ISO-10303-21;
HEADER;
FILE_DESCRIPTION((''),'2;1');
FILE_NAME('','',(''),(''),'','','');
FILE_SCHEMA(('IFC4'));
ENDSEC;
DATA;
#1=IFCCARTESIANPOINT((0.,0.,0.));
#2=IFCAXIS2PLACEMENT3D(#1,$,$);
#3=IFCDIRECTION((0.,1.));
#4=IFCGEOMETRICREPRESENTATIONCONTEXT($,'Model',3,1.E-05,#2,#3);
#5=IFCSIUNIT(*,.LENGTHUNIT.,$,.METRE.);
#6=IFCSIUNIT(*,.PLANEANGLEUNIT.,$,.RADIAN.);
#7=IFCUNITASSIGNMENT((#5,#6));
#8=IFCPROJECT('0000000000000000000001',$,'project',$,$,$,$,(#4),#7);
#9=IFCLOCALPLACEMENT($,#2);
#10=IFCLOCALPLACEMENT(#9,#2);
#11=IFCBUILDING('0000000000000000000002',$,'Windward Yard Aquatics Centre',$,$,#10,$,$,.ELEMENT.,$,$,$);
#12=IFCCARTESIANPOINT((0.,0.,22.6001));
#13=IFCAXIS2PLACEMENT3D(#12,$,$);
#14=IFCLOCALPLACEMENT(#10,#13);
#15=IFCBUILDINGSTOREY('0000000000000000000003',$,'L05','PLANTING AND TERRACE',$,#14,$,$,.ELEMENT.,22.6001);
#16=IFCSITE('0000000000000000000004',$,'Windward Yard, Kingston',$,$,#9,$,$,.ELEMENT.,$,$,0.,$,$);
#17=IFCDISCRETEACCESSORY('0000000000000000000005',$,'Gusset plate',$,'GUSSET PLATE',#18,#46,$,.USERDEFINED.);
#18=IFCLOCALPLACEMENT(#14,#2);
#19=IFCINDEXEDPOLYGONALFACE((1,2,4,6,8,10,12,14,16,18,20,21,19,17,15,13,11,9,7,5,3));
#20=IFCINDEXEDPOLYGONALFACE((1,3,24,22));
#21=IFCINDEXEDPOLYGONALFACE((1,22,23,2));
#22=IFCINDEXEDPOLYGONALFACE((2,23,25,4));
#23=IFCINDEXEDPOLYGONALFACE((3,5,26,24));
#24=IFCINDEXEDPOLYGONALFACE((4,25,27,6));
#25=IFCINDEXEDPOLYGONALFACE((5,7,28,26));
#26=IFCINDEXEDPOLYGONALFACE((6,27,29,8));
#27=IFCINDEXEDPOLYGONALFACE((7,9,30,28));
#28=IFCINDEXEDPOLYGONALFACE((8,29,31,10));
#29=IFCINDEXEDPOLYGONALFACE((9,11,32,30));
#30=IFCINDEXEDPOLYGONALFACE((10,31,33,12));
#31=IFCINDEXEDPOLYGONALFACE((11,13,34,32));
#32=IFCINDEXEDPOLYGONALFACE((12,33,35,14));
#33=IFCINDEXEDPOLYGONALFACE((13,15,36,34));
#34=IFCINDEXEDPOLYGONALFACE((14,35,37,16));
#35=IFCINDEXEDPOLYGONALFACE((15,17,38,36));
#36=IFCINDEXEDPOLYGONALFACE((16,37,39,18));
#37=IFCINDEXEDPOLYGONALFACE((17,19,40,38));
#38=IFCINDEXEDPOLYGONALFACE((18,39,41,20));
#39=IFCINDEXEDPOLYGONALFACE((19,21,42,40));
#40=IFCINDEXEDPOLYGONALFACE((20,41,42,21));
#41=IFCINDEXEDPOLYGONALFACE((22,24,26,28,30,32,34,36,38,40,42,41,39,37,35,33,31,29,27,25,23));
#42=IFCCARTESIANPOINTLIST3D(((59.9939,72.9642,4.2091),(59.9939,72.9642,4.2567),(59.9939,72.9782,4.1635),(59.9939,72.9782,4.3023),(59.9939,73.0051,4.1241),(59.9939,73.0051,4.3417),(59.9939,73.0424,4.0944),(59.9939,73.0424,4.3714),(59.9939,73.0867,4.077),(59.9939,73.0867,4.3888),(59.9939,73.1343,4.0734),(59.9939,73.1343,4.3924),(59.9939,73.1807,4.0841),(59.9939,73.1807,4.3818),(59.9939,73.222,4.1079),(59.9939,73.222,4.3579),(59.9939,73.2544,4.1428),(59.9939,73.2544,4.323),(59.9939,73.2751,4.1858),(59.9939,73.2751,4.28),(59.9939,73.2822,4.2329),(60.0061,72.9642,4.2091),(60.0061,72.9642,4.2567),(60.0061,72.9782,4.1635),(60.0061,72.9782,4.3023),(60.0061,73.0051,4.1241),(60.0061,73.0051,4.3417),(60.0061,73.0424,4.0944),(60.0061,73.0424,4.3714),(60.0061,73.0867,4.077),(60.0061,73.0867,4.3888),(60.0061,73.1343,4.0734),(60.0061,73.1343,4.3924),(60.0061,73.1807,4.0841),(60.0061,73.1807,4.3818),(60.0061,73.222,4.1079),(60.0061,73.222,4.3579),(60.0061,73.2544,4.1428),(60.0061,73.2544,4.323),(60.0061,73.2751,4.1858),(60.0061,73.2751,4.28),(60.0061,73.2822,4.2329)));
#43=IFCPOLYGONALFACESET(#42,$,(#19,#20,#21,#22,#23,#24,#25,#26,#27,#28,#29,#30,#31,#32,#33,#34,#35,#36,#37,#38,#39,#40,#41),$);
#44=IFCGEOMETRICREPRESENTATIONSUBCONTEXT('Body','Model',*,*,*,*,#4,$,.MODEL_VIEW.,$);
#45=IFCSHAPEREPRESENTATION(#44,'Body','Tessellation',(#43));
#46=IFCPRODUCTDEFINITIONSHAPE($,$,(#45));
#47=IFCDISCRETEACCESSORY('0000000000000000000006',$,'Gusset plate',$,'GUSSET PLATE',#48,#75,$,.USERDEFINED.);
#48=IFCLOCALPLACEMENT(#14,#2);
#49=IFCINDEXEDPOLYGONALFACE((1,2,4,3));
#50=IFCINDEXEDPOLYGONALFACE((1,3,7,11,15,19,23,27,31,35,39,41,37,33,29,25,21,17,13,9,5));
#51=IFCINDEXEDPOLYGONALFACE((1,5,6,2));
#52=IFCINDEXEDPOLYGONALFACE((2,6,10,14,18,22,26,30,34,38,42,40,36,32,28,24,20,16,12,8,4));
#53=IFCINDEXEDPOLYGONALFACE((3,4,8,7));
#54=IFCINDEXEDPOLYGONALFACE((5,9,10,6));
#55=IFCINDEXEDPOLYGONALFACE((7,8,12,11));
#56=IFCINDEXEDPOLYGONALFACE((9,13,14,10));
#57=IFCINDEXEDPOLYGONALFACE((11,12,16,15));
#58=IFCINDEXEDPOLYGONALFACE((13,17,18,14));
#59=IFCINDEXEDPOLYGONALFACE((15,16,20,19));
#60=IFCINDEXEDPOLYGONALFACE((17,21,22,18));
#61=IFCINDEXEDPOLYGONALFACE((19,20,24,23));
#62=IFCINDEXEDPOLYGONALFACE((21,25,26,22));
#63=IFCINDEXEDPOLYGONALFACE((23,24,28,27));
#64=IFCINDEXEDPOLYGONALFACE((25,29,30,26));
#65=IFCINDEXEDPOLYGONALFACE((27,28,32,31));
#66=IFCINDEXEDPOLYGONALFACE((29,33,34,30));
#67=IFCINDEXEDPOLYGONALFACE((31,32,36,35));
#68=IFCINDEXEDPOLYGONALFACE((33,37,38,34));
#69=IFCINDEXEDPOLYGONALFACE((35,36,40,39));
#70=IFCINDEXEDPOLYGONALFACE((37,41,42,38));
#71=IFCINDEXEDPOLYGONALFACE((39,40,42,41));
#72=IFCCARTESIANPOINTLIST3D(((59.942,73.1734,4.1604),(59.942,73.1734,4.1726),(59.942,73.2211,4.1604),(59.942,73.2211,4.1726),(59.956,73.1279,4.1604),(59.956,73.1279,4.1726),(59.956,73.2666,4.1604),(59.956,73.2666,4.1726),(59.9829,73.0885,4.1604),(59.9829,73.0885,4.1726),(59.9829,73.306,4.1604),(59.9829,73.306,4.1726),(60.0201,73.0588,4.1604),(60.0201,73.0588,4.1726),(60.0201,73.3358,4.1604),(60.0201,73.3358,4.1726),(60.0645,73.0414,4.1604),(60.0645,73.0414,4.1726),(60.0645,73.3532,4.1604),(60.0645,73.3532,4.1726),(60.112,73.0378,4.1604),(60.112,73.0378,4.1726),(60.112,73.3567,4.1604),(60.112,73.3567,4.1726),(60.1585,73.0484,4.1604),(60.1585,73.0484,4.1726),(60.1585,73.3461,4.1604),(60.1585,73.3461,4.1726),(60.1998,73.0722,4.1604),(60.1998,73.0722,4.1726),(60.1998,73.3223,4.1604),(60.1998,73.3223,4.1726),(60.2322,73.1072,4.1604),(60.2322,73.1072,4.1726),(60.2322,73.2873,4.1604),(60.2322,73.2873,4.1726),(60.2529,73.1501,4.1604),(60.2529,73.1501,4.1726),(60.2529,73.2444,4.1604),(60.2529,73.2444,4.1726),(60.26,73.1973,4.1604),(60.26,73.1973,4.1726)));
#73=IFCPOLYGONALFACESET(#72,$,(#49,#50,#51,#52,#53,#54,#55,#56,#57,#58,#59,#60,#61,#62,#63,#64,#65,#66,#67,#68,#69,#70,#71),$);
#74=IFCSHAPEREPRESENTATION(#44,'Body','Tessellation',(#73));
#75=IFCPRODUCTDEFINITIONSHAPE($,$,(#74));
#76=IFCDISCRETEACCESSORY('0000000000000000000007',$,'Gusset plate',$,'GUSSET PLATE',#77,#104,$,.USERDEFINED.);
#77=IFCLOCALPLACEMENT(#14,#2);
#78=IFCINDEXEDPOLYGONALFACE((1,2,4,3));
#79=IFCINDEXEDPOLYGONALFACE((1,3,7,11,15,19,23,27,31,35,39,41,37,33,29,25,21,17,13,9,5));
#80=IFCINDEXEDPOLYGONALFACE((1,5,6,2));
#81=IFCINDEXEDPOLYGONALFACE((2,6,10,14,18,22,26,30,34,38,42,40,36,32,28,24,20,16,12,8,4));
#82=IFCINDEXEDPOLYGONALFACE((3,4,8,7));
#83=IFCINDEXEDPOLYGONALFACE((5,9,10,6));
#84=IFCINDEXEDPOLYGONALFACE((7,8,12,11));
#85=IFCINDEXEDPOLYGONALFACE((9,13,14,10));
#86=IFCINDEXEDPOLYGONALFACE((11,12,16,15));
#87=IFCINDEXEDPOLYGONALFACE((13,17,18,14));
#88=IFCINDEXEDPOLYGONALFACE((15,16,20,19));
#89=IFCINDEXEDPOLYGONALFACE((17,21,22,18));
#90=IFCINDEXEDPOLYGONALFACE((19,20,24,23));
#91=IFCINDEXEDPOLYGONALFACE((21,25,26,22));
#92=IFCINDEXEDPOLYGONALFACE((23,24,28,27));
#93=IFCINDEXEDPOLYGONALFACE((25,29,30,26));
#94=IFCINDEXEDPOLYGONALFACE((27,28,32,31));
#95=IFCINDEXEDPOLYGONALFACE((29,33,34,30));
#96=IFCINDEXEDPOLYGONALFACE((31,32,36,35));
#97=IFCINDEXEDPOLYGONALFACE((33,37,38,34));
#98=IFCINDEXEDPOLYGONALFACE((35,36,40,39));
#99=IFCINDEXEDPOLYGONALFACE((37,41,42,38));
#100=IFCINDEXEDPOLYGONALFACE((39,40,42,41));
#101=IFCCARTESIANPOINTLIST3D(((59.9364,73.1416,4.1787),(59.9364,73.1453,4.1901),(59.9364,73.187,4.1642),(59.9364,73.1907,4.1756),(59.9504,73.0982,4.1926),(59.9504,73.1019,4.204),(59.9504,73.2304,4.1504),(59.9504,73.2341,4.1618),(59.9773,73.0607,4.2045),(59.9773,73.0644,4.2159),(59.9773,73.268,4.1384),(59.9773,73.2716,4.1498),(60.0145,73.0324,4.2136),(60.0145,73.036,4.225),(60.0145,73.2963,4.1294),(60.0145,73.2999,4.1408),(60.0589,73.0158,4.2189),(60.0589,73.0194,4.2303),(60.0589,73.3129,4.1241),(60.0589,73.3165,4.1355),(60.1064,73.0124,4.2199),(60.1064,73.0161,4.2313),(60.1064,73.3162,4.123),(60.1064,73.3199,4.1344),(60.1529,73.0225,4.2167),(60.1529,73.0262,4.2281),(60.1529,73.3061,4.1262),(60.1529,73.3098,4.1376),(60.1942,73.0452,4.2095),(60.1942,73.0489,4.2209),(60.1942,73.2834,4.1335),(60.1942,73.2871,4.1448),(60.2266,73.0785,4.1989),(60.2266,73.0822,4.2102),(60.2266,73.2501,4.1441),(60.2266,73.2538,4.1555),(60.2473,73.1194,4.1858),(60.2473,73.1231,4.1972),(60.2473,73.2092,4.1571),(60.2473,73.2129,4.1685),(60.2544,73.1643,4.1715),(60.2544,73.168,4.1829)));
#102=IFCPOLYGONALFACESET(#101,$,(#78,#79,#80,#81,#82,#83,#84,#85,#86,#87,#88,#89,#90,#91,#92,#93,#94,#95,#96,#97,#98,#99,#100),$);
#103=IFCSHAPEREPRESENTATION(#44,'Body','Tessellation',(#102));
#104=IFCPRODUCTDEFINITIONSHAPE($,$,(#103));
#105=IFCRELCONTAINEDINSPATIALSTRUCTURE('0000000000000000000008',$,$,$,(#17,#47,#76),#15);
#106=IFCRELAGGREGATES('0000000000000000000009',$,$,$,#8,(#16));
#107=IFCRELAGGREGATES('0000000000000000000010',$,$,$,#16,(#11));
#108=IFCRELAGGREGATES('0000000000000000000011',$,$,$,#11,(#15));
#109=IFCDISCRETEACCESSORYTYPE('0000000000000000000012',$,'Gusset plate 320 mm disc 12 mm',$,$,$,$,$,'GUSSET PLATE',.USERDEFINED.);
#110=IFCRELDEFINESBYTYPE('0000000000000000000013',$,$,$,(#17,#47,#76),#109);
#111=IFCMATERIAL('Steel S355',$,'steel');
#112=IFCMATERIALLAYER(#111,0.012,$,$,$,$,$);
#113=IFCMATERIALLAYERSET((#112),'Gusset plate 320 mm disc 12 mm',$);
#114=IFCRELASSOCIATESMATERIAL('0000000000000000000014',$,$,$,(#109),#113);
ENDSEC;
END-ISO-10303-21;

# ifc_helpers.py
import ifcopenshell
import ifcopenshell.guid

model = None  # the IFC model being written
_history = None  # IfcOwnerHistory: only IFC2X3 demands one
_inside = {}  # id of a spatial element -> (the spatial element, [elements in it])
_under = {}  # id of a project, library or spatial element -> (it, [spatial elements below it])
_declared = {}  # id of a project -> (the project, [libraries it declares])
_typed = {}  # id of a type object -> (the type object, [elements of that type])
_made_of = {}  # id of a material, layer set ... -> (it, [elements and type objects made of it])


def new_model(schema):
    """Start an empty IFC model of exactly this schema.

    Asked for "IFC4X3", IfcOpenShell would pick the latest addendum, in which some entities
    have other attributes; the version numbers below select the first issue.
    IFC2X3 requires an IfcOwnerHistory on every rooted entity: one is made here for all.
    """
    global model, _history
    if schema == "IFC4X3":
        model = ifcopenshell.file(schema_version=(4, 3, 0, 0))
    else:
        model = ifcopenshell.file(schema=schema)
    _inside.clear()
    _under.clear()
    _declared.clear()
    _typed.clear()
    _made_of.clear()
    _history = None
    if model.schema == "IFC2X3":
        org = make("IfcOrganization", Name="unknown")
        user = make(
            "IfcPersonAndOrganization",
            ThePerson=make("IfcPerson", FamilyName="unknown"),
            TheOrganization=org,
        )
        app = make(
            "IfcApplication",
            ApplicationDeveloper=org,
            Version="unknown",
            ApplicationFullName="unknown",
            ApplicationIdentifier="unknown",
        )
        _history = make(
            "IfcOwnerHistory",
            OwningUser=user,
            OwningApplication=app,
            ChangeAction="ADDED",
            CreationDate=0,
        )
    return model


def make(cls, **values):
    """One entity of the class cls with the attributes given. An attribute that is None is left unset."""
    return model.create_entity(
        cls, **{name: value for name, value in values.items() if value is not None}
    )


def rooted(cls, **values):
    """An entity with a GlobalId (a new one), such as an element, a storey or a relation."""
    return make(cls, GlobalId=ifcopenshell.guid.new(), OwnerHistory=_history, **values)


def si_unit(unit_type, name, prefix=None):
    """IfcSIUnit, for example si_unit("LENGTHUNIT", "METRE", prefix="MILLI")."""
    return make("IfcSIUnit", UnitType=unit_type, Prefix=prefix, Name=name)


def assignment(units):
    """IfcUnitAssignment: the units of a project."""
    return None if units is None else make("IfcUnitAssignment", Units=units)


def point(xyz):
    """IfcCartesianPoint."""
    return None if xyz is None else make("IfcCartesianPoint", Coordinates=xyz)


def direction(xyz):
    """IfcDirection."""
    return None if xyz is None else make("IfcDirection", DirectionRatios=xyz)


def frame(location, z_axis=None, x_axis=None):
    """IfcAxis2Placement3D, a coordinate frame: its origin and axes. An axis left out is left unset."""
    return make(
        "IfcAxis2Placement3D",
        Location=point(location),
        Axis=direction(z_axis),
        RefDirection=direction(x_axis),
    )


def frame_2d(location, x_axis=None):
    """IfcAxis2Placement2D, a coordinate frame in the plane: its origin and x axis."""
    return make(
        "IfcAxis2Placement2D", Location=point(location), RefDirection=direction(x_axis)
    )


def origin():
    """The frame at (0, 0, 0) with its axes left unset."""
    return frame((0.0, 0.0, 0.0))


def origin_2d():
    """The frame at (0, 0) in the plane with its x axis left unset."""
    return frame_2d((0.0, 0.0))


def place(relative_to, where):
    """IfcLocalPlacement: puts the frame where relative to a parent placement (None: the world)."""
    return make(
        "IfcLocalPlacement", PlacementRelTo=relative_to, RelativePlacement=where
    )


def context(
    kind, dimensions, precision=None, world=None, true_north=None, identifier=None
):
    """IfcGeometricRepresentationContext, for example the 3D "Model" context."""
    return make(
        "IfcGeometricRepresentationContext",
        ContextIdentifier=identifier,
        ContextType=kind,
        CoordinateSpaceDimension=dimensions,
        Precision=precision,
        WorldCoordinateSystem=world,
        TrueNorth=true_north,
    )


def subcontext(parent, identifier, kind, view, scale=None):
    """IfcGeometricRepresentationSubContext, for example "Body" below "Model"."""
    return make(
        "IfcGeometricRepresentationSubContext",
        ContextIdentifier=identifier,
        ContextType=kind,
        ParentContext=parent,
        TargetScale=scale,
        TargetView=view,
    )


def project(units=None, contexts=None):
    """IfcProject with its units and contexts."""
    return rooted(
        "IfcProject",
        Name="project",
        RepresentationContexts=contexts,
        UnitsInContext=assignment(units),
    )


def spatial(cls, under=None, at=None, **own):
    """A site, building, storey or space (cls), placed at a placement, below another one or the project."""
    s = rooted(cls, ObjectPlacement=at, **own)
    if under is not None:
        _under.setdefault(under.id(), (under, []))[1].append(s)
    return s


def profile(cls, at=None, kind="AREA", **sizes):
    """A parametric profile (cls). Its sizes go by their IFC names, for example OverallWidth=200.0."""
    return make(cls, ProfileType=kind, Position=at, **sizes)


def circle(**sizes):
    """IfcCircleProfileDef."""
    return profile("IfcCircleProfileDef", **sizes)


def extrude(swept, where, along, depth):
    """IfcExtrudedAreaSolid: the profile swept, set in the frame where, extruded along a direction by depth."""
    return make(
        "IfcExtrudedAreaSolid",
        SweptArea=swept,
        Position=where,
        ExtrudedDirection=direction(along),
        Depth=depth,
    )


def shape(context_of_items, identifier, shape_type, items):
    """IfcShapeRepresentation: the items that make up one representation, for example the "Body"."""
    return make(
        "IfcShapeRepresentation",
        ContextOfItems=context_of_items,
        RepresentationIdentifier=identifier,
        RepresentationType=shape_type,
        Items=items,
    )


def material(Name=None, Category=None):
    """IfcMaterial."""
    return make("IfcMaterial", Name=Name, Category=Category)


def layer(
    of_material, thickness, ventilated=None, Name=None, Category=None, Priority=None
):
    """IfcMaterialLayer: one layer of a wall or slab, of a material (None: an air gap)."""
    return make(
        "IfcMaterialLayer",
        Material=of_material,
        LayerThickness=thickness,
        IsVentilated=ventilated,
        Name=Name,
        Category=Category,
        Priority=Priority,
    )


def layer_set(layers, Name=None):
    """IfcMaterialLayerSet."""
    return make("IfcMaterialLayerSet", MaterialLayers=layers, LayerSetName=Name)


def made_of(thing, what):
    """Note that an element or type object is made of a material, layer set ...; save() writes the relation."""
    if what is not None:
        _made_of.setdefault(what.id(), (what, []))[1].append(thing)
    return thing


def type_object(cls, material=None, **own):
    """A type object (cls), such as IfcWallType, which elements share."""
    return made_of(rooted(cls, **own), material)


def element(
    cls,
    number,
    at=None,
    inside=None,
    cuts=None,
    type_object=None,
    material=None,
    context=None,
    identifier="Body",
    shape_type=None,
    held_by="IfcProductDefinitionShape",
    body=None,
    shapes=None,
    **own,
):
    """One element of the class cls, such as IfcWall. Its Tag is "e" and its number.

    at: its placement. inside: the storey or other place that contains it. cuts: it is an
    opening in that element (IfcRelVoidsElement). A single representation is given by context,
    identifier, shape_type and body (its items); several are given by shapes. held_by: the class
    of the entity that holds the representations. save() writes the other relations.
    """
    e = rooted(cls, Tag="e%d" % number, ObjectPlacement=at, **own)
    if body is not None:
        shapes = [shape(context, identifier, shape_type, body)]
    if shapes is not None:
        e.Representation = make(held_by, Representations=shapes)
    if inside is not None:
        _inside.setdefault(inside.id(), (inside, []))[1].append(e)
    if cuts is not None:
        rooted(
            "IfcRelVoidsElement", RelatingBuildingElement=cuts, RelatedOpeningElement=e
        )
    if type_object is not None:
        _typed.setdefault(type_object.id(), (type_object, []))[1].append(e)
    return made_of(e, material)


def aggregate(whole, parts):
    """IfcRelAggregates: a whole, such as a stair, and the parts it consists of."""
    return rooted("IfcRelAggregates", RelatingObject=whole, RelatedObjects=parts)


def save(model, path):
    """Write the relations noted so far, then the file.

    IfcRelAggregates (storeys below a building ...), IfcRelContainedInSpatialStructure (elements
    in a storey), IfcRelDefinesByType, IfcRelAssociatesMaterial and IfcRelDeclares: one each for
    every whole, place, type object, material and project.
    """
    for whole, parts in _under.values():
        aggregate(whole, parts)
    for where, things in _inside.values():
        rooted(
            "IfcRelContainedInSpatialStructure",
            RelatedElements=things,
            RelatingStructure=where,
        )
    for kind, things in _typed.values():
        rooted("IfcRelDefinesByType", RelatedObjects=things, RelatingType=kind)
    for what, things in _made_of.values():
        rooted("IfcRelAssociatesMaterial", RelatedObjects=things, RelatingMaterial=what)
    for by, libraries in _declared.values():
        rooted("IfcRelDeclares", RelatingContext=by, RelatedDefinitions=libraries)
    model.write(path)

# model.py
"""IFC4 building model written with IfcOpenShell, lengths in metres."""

from ifc_helpers import new_model, si_unit, direction, frame, origin, origin_2d, place, context, subcontext, project, spatial, circle, extrude, material, layer, layer_set, type_object, element, save


model = new_model("IFC4")

# Units and contexts
model_context = context("Model", 3, precision=1e-05, world=origin(), true_north=direction((0.0, 1.0)))
body_context = subcontext(model_context, "Body", "Model", "MODEL_VIEW")
ifc_project = project(units=[si_unit("LENGTHUNIT", "METRE"), si_unit("PLANEANGLEUNIT", "RADIAN")], contexts=[model_context])

# Site, building, storey
site_placement = place(None, origin())
site = spatial("IfcSite", under=ifc_project, at=site_placement, Name="Windward Yard, Kingston", CompositionType="ELEMENT", RefElevation=0.0)
building_placement = place(site_placement, origin())
building = spatial("IfcBuilding", under=site, at=building_placement, Name="Windward Yard Aquatics Centre", CompositionType="ELEMENT")
storey_placement = place(building_placement, frame((0.0, 0.0, 22.6001)))
storey = spatial("IfcBuildingStorey", under=building, at=storey_placement, Name="L05", Description="PLANTING AND TERRACE", CompositionType="ELEMENT", Elevation=22.6001)

# Discrete accessories
ifc_material_1 = material(Name="Steel S355", Category="steel")
ifc_layer_1 = layer(ifc_material_1, 0.012)
ifc_layer_set_1 = layer_set([ifc_layer_1], Name="Gusset plate 320 mm disc 12 mm")
discrete_accessory_type = type_object("IfcDiscreteAccessoryType", Name="Gusset plate 320 mm disc 12 mm", ElementType="GUSSET PLATE", PredefinedType="USERDEFINED", material=ifc_layer_set_1)
for number, where, z_axis, x_axis, name in (
    (1, (59.9939, 73.1223, 4.2329), (1.0, 0.0, 0.0), (0.0, 1.0, 0.0), "Gusset plate"),
    (2, (60.1001, 73.1973, 4.1604), (0.0, 0.0, 1.0), (1.0, 0.0, 0.0), "Gusset plate"),
):
    element("IfcDiscreteAccessory", number, at=place(storey_placement, frame(where, z_axis=z_axis, x_axis=x_axis)), inside=storey, type_object=discrete_accessory_type, Name=name, ObjectType="GUSSET PLATE", PredefinedType="USERDEFINED", context=body_context, shape_type="SweptSolid", body=[
        extrude(circle(Radius=0.1599, at=origin_2d()), origin(), (0.0, 0.0, 1.0), 0.0122),
    ])
discrete_accessory_placement = place(storey_placement, frame((60.0945, 73.168, 4.1829), z_axis=(0.0, -0.30404, -0.952659), x_axis=(1.0, 0.0, 0.0)))
element("IfcDiscreteAccessory", 3, at=discrete_accessory_placement, inside=storey, type_object=discrete_accessory_type, Name="Gusset plate", ObjectType="GUSSET PLATE", PredefinedType="USERDEFINED", context=body_context, shape_type="SweptSolid", body=[
    extrude(circle(Radius=0.1599, at=origin_2d()), origin(), (0.0, 0.0, 1.0), 0.012),
])

save(model, "model.ifc")
